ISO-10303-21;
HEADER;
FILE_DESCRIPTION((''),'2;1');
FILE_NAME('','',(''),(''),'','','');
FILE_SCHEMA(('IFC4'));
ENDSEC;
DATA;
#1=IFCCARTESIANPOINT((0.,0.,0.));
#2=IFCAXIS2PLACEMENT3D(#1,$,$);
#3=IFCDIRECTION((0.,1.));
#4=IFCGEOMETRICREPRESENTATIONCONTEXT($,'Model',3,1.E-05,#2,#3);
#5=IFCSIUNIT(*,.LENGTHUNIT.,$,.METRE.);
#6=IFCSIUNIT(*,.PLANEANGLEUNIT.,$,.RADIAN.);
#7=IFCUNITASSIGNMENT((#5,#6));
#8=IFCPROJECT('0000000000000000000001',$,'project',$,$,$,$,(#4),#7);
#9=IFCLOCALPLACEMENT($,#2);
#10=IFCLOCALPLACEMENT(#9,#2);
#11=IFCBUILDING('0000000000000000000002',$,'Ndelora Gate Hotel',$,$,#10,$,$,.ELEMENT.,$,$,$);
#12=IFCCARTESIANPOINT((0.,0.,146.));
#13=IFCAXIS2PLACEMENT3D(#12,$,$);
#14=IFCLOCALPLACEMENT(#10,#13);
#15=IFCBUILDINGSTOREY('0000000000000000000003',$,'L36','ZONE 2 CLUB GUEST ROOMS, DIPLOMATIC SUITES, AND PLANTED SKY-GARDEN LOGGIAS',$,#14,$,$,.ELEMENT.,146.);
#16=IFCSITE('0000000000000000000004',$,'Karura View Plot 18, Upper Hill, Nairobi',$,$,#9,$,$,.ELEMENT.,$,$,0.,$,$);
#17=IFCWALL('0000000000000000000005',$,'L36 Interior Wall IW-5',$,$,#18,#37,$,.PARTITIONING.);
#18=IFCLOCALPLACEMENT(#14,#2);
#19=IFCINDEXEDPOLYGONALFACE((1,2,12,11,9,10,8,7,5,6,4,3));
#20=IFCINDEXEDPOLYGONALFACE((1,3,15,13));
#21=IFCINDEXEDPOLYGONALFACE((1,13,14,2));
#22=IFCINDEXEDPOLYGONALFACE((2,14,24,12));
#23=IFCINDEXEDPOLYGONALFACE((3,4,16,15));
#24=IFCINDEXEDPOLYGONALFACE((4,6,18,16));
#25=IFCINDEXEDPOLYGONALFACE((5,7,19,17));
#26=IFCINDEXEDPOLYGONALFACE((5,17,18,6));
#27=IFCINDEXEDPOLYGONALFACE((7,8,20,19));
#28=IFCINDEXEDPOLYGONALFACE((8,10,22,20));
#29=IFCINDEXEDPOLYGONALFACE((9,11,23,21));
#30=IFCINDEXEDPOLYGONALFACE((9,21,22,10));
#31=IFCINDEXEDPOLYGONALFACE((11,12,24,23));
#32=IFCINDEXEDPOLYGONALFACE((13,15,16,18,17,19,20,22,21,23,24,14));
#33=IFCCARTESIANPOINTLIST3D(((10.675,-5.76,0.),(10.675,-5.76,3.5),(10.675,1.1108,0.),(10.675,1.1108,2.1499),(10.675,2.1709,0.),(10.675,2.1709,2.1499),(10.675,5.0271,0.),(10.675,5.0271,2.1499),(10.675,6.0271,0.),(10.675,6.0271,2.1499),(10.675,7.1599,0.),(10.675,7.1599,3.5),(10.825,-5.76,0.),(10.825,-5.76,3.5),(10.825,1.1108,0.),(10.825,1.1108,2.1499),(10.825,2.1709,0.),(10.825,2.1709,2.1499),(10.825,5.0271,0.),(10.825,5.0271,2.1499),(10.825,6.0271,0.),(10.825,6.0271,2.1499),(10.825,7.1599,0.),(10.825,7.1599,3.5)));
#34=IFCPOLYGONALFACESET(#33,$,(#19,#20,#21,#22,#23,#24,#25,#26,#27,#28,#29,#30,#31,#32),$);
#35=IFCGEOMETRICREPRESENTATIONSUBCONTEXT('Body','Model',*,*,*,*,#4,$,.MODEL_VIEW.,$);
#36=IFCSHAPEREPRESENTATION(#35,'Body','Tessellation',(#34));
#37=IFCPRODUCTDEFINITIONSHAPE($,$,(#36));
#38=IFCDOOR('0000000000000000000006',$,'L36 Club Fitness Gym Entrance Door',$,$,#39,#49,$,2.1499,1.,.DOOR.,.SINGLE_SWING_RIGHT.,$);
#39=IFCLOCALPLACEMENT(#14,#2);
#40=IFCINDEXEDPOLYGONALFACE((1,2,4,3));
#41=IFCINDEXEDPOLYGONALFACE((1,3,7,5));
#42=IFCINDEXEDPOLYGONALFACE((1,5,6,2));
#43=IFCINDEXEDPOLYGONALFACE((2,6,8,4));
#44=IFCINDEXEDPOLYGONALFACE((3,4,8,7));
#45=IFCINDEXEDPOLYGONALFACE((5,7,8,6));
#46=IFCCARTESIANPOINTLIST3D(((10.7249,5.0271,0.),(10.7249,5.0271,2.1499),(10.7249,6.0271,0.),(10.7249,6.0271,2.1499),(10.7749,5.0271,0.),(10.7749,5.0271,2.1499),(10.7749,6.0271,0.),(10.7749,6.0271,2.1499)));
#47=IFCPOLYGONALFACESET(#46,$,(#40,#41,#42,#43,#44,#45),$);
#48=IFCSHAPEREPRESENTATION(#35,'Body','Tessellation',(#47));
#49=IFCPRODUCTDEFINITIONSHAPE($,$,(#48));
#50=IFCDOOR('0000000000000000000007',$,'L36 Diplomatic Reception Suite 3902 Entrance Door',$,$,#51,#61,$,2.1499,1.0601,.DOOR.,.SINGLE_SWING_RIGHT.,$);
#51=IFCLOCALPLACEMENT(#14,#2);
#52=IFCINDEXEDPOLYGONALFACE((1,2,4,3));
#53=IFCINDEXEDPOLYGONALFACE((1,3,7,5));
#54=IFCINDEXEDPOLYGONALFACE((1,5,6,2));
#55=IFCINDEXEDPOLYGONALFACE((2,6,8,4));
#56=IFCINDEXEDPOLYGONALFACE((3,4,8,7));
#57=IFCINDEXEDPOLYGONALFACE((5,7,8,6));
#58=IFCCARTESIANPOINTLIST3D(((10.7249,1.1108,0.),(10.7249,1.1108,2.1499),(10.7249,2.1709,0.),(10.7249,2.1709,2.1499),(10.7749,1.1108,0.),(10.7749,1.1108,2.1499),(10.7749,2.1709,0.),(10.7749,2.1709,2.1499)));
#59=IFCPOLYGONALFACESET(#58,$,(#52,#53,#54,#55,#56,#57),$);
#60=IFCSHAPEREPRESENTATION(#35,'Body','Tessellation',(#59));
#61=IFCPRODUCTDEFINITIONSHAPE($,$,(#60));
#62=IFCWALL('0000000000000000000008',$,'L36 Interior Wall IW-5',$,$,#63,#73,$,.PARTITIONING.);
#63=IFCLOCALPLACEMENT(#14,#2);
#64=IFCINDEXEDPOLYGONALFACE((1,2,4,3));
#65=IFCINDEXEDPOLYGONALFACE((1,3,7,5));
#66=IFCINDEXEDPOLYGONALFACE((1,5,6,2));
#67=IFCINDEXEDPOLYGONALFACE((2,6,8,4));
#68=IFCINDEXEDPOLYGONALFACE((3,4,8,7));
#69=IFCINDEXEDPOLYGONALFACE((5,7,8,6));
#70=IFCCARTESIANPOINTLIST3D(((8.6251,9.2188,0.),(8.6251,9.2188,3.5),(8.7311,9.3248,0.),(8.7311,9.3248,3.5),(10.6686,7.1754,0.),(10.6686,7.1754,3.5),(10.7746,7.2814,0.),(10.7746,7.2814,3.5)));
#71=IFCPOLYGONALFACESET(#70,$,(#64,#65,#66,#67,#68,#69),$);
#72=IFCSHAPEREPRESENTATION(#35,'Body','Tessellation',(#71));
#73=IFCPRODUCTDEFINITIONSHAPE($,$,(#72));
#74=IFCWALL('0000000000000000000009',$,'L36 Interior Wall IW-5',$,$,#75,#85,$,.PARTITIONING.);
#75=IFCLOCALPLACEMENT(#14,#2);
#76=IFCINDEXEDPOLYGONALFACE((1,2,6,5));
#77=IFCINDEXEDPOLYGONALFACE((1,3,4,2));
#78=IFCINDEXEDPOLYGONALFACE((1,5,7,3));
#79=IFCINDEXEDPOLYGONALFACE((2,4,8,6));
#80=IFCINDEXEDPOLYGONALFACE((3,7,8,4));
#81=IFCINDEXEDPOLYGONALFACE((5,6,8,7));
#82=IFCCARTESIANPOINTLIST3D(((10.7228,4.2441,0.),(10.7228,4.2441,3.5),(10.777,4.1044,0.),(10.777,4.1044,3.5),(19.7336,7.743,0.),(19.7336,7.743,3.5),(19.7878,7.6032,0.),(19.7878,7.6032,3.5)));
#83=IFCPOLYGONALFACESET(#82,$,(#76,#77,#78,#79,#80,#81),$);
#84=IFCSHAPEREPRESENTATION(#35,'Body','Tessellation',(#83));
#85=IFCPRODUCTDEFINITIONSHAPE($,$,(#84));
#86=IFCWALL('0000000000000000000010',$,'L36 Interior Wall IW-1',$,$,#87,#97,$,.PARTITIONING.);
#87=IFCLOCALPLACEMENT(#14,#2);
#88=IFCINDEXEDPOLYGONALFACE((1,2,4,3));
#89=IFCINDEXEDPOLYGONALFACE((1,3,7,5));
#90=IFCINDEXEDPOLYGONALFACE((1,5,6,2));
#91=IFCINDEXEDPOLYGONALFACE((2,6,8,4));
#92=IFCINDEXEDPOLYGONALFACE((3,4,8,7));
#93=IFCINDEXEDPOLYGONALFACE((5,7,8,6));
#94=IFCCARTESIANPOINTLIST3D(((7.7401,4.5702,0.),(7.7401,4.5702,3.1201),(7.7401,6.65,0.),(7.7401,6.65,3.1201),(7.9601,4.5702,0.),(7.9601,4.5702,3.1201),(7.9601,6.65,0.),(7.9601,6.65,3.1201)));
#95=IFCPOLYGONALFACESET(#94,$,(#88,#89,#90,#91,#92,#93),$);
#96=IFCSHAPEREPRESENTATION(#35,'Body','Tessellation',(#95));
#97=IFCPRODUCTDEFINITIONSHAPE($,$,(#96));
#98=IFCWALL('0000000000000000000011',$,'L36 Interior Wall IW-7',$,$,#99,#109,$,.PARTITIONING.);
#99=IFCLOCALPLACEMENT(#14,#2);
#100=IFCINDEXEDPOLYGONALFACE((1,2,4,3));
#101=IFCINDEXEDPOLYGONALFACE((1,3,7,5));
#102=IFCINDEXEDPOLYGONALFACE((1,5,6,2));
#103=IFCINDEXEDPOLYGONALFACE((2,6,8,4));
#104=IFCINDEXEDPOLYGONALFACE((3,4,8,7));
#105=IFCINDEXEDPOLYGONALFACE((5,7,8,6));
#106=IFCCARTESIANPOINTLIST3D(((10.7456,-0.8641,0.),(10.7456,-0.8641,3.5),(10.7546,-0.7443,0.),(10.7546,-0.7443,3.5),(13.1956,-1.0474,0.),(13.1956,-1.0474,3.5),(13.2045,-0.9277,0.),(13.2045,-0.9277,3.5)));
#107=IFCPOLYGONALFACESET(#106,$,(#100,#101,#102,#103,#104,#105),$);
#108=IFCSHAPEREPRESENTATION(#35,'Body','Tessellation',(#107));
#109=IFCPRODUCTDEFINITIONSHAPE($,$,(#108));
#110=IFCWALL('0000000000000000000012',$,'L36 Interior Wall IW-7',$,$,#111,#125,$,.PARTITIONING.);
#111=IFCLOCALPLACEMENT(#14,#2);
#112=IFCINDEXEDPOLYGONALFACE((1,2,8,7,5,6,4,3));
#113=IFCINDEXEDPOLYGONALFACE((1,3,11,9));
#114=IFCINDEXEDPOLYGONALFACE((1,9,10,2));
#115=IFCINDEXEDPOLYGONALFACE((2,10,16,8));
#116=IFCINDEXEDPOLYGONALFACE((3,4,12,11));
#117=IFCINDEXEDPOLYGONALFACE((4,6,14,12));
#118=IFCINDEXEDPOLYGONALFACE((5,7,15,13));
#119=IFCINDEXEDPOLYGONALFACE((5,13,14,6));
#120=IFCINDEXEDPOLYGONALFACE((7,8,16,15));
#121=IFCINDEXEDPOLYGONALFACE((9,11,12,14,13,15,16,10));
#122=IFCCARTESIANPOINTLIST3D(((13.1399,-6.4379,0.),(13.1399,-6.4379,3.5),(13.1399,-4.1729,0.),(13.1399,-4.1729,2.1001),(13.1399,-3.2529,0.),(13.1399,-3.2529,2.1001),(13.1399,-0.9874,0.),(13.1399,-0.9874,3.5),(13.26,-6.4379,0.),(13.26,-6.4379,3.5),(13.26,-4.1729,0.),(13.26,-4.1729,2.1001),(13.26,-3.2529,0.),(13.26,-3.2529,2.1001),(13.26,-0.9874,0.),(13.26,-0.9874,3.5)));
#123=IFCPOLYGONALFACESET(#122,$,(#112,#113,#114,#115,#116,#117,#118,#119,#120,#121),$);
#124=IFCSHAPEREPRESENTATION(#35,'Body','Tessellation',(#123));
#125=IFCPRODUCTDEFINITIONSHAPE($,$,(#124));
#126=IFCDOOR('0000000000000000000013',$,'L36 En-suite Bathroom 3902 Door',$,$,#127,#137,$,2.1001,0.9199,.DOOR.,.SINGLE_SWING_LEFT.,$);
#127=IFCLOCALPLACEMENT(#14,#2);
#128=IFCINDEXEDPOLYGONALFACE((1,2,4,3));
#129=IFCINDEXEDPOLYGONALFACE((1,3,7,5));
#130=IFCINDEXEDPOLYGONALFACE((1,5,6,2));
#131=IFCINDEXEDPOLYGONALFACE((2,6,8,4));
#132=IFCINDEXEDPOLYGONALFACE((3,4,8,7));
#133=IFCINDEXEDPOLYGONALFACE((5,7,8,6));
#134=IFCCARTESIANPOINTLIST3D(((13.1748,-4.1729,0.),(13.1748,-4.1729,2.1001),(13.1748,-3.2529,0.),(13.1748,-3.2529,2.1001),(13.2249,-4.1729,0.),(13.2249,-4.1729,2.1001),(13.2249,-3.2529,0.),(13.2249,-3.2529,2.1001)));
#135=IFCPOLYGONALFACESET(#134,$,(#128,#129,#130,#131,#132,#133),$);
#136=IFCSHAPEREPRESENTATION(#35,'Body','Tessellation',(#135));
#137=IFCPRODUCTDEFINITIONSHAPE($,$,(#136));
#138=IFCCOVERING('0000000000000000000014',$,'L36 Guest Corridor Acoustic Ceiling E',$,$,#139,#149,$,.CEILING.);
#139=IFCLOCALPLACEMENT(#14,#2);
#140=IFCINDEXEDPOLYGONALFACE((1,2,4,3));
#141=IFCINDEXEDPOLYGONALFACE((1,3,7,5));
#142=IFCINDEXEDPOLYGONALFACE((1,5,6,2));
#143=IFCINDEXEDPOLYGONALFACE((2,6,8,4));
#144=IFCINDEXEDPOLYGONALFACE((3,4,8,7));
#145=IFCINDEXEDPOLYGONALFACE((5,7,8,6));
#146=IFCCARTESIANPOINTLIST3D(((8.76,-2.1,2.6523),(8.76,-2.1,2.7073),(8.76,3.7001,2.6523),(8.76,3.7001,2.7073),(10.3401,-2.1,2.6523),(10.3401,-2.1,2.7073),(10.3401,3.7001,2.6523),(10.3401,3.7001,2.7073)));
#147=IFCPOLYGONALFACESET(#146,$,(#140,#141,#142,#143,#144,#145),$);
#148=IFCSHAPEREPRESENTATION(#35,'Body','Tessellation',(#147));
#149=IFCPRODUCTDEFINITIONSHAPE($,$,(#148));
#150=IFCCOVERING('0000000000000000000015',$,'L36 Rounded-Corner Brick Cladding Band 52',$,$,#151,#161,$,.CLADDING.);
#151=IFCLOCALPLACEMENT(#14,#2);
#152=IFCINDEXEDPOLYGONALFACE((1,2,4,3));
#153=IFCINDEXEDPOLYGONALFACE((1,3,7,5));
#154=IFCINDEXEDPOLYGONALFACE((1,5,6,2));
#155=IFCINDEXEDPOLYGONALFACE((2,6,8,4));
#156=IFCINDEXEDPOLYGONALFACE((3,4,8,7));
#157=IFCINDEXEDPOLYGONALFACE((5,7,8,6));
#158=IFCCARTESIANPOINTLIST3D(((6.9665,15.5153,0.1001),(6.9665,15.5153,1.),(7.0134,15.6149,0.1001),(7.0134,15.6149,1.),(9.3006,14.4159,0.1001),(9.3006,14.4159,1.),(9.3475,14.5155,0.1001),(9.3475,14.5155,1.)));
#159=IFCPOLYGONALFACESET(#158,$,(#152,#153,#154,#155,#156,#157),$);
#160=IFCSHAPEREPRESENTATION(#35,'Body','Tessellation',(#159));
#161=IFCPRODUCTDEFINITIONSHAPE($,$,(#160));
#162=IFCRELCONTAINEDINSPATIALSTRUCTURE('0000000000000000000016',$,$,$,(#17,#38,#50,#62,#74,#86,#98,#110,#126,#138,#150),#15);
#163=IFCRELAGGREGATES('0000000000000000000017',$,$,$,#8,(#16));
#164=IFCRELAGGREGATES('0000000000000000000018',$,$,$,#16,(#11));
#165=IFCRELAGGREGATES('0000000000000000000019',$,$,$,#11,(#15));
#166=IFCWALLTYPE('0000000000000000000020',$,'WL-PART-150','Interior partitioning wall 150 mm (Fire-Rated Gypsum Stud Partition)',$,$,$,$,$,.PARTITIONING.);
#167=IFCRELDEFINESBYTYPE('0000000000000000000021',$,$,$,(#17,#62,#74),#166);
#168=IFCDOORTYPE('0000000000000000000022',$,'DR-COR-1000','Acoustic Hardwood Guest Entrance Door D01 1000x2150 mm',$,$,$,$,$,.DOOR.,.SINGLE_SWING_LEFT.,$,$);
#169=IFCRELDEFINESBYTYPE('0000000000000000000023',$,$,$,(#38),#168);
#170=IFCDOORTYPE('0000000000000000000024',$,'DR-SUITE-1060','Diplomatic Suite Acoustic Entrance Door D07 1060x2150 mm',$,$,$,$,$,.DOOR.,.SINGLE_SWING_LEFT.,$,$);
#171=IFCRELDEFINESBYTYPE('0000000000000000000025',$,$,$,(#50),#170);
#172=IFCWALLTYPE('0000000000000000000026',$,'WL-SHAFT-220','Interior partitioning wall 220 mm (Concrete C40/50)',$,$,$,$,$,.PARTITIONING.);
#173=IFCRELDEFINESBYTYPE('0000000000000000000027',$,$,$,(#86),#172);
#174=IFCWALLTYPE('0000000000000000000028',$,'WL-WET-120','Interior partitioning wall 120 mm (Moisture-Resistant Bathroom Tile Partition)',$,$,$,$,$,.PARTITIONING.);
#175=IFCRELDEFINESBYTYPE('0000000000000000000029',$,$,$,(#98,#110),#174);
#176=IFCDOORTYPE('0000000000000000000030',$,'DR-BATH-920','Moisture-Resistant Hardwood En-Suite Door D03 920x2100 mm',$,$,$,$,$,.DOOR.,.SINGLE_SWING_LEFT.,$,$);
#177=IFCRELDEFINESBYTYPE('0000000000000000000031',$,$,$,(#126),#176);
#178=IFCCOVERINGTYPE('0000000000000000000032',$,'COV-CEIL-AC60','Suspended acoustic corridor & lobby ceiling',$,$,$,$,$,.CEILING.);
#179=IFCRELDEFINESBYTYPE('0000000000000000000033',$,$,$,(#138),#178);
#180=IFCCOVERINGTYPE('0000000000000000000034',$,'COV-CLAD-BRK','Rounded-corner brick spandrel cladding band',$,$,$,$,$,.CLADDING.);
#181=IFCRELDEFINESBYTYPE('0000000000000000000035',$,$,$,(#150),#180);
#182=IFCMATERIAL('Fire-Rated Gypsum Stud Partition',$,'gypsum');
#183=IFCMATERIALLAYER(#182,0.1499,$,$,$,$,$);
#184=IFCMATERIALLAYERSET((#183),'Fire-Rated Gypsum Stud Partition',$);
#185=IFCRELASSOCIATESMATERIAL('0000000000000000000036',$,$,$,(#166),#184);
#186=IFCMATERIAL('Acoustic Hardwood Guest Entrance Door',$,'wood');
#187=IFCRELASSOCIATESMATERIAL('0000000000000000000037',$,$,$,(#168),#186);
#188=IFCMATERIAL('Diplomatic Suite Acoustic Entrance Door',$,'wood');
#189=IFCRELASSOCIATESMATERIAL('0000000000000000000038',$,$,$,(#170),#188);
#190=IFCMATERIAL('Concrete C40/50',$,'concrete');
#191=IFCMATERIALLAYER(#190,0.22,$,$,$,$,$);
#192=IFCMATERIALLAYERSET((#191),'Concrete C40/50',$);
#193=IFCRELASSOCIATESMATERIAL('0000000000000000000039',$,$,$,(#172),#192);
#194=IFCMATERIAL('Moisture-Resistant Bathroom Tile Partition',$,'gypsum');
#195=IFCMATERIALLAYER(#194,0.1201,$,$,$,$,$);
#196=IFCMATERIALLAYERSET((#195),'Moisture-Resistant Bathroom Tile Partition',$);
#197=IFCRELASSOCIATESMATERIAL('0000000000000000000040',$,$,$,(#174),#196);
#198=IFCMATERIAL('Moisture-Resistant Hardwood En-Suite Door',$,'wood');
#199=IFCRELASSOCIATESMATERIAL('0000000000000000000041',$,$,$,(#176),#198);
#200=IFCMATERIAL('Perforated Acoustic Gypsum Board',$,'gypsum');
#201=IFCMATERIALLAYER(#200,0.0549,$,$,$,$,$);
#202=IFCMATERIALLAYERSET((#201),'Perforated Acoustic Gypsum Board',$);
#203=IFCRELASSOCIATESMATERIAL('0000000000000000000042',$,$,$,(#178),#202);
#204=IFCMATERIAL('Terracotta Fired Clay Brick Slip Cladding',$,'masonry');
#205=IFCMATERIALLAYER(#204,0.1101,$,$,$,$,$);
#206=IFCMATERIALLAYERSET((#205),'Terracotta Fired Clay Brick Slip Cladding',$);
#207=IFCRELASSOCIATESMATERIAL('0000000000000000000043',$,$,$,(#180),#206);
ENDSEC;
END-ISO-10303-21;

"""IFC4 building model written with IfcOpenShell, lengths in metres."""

from ifc_helpers import new_model, si_unit, direction, frame, frame_2d, origin, origin_2d, place, context, subcontext, project, spatial, rectangle, extrude, material, layer, layer_set, type_object, element, fill, save


model = new_model("IFC4")

# Units and contexts
model_context = context("Model", 3, precision=1e-05, world=origin(), true_north=direction((0.0, 1.0)))
body_context = subcontext(model_context, "Body", "Model", "MODEL_VIEW")
ifc_project = project(units=[si_unit("LENGTHUNIT", "METRE"), si_unit("PLANEANGLEUNIT", "RADIAN")], contexts=[model_context])

# Site, building, storey
site_placement = place(None, origin())
site = spatial("IfcSite", under=ifc_project, at=site_placement, Name="Karura View Plot 18, Upper Hill, Nairobi", CompositionType="ELEMENT", RefElevation=0.0)
building_placement = place(site_placement, origin())
building = spatial("IfcBuilding", under=site, at=building_placement, Name="Ndelora Gate Hotel", CompositionType="ELEMENT")
storey_placement = place(building_placement, frame((0.0, 0.0, 146.0)))
storey = spatial("IfcBuildingStorey", under=building, at=storey_placement, Name="L36", Description="ZONE 2 CLUB GUEST ROOMS, DIPLOMATIC SUITES, AND PLANTED SKY-GARDEN LOGGIAS", CompositionType="ELEMENT", Elevation=146.0)

# Shared definitions
ifc_material_1 = material(Name="Concrete C40/50", Category="concrete")

# Wall, openings, doors
ifc_material_2 = material(Name="Fire-Rated Gypsum Stud Partition", Category="gypsum")
ifc_layer_1 = layer(ifc_material_2, 0.1499)
ifc_layer_set_1 = layer_set([ifc_layer_1], Name="Fire-Rated Gypsum Stud Partition")
wall_type_1 = type_object("IfcWallType", Name="WL-PART-150", Description="Interior partitioning wall 150 mm (Fire-Rated Gypsum Stud Partition)", PredefinedType="PARTITIONING", material=ifc_layer_set_1)
wall_1_placement = place(storey_placement, frame((10.75, 7.1599, 0.0), z_axis=(0.0, 0.0, 1.0), x_axis=(0.0, -1.0, 0.0)))
wall_1 = element("IfcWall", 1, at=wall_1_placement, inside=storey, type_object=wall_type_1, Name="L36 Interior Wall IW-5", PredefinedType="PARTITIONING", context=body_context, shape_type="SweptSolid", body=[
    extrude(rectangle(XDim=12.9199, YDim=0.1499, at=frame_2d((6.46, 0.0))), origin(), (0.0, 0.0, 1.0), 3.5),
])
opening_1_placement = place(wall_1_placement, frame((1.1328, 0.0, 0.0)))
opening_1 = element("IfcOpeningElement", 2, at=opening_1_placement, cuts=wall_1, PredefinedType="OPENING", context=body_context, shape_type="SweptSolid", body=[
    extrude(rectangle(XDim=1.0, YDim=2.1499, at=frame_2d((0.5, 1.075))), frame((0.0, 0.085, 0.0), z_axis=(0.0, -1.0, 0.0), x_axis=(1.0, 0.0, 0.0)), (0.0, 0.0, 1.0), 0.1699),
])
opening_2_placement = place(wall_1_placement, frame((4.989, 0.0, 0.0)))
opening_2 = element("IfcOpeningElement", 3, at=opening_2_placement, cuts=wall_1, PredefinedType="OPENING", context=body_context, shape_type="SweptSolid", body=[
    extrude(rectangle(XDim=1.0601, YDim=2.1499, at=frame_2d((0.53, 1.075))), frame((0.0, 0.085, 0.0), z_axis=(0.0, -1.0, 0.0), x_axis=(1.0, 0.0, 0.0)), (0.0, 0.0, 1.0), 0.1699),
])
ifc_material_3 = material(Name="Acoustic Hardwood Guest Entrance Door", Category="wood")
door_type_1 = type_object("IfcDoorType", Name="DR-COR-1000", Description="Acoustic Hardwood Guest Entrance Door D01 1000x2150 mm", OperationType="SINGLE_SWING_LEFT", PredefinedType="DOOR", material=ifc_material_3)
door_1_placement = place(opening_1_placement, origin())
door_1 = element("IfcDoor", 4, at=door_1_placement, inside=storey, type_object=door_type_1, Name="L36 Club Fitness Gym Entrance Door", OperationType="SINGLE_SWING_RIGHT", OverallHeight=2.1499, OverallWidth=1.0, PredefinedType="DOOR", context=body_context, shape_type="SweptSolid", body=[
    extrude(rectangle(XDim=1.0, YDim=2.1499, at=frame_2d((0.5, 1.075))), frame((0.0, 0.0249, 0.0), z_axis=(0.0, -1.0, 0.0), x_axis=(1.0, 0.0, 0.0)), (0.0, 0.0, 1.0), 0.05),
])
fill(opening_1, door_1)
ifc_material_4 = material(Name="Diplomatic Suite Acoustic Entrance Door", Category="wood")
door_type_2 = type_object("IfcDoorType", Name="DR-SUITE-1060", Description="Diplomatic Suite Acoustic Entrance Door D07 1060x2150 mm", OperationType="SINGLE_SWING_LEFT", PredefinedType="DOOR", material=ifc_material_4)
door_2_placement = place(opening_2_placement, origin())
door_2 = element("IfcDoor", 5, at=door_2_placement, inside=storey, type_object=door_type_2, Name="L36 Diplomatic Reception Suite 3902 Entrance Door", OperationType="SINGLE_SWING_RIGHT", OverallHeight=2.1499, OverallWidth=1.0601, PredefinedType="DOOR", context=body_context, shape_type="SweptSolid", body=[
    extrude(rectangle(XDim=1.0601, YDim=2.1499, at=frame_2d((0.53, 1.075))), frame((0.0, 0.0249, 0.0), z_axis=(0.0, -1.0, 0.0), x_axis=(1.0, 0.0, 0.0)), (0.0, 0.0, 1.0), 0.05),
])
fill(opening_2, door_2)

# Walls
wall_2_placement = place(storey_placement, frame((8.6782, 9.2717, 0.0), z_axis=(0.0, 0.0, 1.0), x_axis=(0.707107, -0.707107, 0.0)))
element("IfcWall", 6, at=wall_2_placement, inside=storey, type_object=wall_type_1, Name="L36 Interior Wall IW-5", PredefinedType="PARTITIONING", context=body_context, shape_type="SweptSolid", body=[
    extrude(rectangle(XDim=2.8899, YDim=0.1499, at=frame_2d((1.4448, 0.0))), origin(), (0.0, 0.0, 1.0), 3.5),
])
wall_3_placement = place(storey_placement, frame((10.75, 4.1743, 0.0), z_axis=(0.0, 0.0, 1.0), x_axis=(0.932193, 0.361961, 0.0)))
element("IfcWall", 7, at=wall_3_placement, inside=storey, type_object=wall_type_1, Name="L36 Interior Wall IW-5", PredefinedType="PARTITIONING", context=body_context, shape_type="SweptSolid", body=[
    extrude(rectangle(XDim=9.6663, YDim=0.1499, at=frame_2d((4.833, 0.0))), origin(), (0.0, 0.0, 1.0), 3.5),
])
ifc_layer_2 = layer(ifc_material_1, 0.22)
ifc_layer_set_2 = layer_set([ifc_layer_2], Name="Concrete C40/50")
wall_type_2 = type_object("IfcWallType", Name="WL-SHAFT-220", Description="Interior partitioning wall 220 mm (Concrete C40/50)", PredefinedType="PARTITIONING", material=ifc_layer_set_2)
wall_4_placement = place(storey_placement, frame((7.8501, 4.5701, 0.0), z_axis=(0.0, 0.0, 1.0), x_axis=(0.0, 1.0, 0.0)))
element("IfcWall", 8, at=wall_4_placement, inside=storey, type_object=wall_type_2, Name="L36 Interior Wall IW-1", PredefinedType="PARTITIONING", context=body_context, shape_type="SweptSolid", body=[
    extrude(rectangle(XDim=2.0798, YDim=0.22, at=frame_2d((1.04, 0.0))), origin(), (0.0, 0.0, 1.0), 3.1201),
])
ifc_material_5 = material(Name="Moisture-Resistant Bathroom Tile Partition", Category="gypsum")
ifc_layer_3 = layer(ifc_material_5, 0.1201)
ifc_layer_set_3 = layer_set([ifc_layer_3], Name="Moisture-Resistant Bathroom Tile Partition")
wall_type_3 = type_object("IfcWallType", Name="WL-WET-120", Description="Interior partitioning wall 120 mm (Moisture-Resistant Bathroom Tile Partition)", PredefinedType="PARTITIONING", material=ifc_layer_set_3)
wall_5_placement = place(storey_placement, frame((10.75, -0.8042, 0.0), z_axis=(0.0, 0.0, 1.0), x_axis=(0.997211, -0.074629, 0.0)))
element("IfcWall", 9, at=wall_5_placement, inside=storey, type_object=wall_type_3, Name="L36 Interior Wall IW-7", PredefinedType="PARTITIONING", context=body_context, shape_type="SweptSolid", body=[
    extrude(rectangle(XDim=2.4568, YDim=0.1201, at=frame_2d((1.2285, 0.0))), origin(), (0.0, 0.0, 1.0), 3.5),
])

# Wall, opening, door
wall_6_placement = place(storey_placement, frame((13.2, -0.9875, 0.0), z_axis=(0.0, 0.0, 1.0), x_axis=(0.0, -1.0, 0.0)))
wall_6 = element("IfcWall", 10, at=wall_6_placement, inside=storey, type_object=wall_type_3, Name="L36 Interior Wall IW-7", PredefinedType="PARTITIONING", context=body_context, shape_type="SweptSolid", body=[
    extrude(rectangle(XDim=5.4504, YDim=0.1201, at=frame_2d((2.7251, 0.0))), origin(), (0.0, 0.0, 1.0), 3.5),
])
opening_3_placement = place(wall_6_placement, frame((2.2654, 0.0, 0.0)))
opening_3 = element("IfcOpeningElement", 11, at=opening_3_placement, cuts=wall_6, PredefinedType="OPENING", context=body_context, shape_type="SweptSolid", body=[
    extrude(rectangle(XDim=0.9199, YDim=2.1001, at=frame_2d((0.46, 1.05))), frame((0.0, 0.0701, 0.0), z_axis=(0.0, -1.0, 0.0), x_axis=(1.0, 0.0, 0.0)), (0.0, 0.0, 1.0), 0.1401),
])
ifc_material_6 = material(Name="Moisture-Resistant Hardwood En-Suite Door", Category="wood")
door_type_3 = type_object("IfcDoorType", Name="DR-BATH-920", Description="Moisture-Resistant Hardwood En-Suite Door D03 920x2100 mm", OperationType="SINGLE_SWING_LEFT", PredefinedType="DOOR", material=ifc_material_6)
door_3_placement = place(opening_3_placement, origin())
door_3 = element("IfcDoor", 12, at=door_3_placement, inside=storey, type_object=door_type_3, Name="L36 En-suite Bathroom 3902 Door", OperationType="SINGLE_SWING_LEFT", OverallHeight=2.1001, OverallWidth=0.9199, PredefinedType="DOOR", context=body_context, shape_type="SweptSolid", body=[
    extrude(rectangle(XDim=0.9199, YDim=2.1001, at=frame_2d((0.46, 1.05))), frame((0.0, 0.0249, 0.0), z_axis=(0.0, -1.0, 0.0), x_axis=(1.0, 0.0, 0.0)), (0.0, 0.0, 1.0), 0.05),
])
fill(opening_3, door_3)

# Coverings
ifc_material_7 = material(Name="Perforated Acoustic Gypsum Board", Category="gypsum")
ifc_layer_4 = layer(ifc_material_7, 0.0549)
ifc_layer_set_4 = layer_set([ifc_layer_4], Name="Perforated Acoustic Gypsum Board")
covering_type_1 = type_object("IfcCoveringType", Name="COV-CEIL-AC60", Description="Suspended acoustic corridor & lobby ceiling", PredefinedType="CEILING", material=ifc_layer_set_4)
covering_1_placement = place(storey_placement, frame((9.55, 0.8, 2.6523), z_axis=(0.0, 0.0, 1.0), x_axis=(1.0, 0.0, 0.0)))
element("IfcCovering", 13, at=covering_1_placement, inside=storey, type_object=covering_type_1, Name="L36 Guest Corridor Acoustic Ceiling E", PredefinedType="CEILING", context=body_context, shape_type="SweptSolid", body=[
    extrude(rectangle(XDim=1.5801, YDim=5.8, at=origin_2d()), origin(), (0.0, 0.0, 1.0), 0.0549),
])
ifc_material_8 = material(Name="Terracotta Fired Clay Brick Slip Cladding", Category="masonry")
ifc_layer_5 = layer(ifc_material_8, 0.1101)
ifc_layer_set_5 = layer_set([ifc_layer_5], Name="Terracotta Fired Clay Brick Slip Cladding")
covering_type_2 = type_object("IfcCoveringType", Name="COV-CLAD-BRK", Description="Rounded-corner brick spandrel cladding band", PredefinedType="CLADDING", material=ifc_layer_set_5)
covering_2_placement = place(storey_placement, frame((8.157, 15.0154, 0.1001), z_axis=(0.0, 0.0, 1.0), x_axis=(-0.904678, 0.426095, 0.0)))
element("IfcCovering", 14, at=covering_2_placement, inside=storey, type_object=covering_type_2, Name="L36 Rounded-Corner Brick Cladding Band 52", PredefinedType="CLADDING", context=body_context, shape_type="SweptSolid", body=[
    extrude(rectangle(XDim=2.5801, YDim=0.1101, at=origin_2d()), origin(), (0.0, 0.0, 1.0), 0.8999),
])

save(model, "model.ifc")
